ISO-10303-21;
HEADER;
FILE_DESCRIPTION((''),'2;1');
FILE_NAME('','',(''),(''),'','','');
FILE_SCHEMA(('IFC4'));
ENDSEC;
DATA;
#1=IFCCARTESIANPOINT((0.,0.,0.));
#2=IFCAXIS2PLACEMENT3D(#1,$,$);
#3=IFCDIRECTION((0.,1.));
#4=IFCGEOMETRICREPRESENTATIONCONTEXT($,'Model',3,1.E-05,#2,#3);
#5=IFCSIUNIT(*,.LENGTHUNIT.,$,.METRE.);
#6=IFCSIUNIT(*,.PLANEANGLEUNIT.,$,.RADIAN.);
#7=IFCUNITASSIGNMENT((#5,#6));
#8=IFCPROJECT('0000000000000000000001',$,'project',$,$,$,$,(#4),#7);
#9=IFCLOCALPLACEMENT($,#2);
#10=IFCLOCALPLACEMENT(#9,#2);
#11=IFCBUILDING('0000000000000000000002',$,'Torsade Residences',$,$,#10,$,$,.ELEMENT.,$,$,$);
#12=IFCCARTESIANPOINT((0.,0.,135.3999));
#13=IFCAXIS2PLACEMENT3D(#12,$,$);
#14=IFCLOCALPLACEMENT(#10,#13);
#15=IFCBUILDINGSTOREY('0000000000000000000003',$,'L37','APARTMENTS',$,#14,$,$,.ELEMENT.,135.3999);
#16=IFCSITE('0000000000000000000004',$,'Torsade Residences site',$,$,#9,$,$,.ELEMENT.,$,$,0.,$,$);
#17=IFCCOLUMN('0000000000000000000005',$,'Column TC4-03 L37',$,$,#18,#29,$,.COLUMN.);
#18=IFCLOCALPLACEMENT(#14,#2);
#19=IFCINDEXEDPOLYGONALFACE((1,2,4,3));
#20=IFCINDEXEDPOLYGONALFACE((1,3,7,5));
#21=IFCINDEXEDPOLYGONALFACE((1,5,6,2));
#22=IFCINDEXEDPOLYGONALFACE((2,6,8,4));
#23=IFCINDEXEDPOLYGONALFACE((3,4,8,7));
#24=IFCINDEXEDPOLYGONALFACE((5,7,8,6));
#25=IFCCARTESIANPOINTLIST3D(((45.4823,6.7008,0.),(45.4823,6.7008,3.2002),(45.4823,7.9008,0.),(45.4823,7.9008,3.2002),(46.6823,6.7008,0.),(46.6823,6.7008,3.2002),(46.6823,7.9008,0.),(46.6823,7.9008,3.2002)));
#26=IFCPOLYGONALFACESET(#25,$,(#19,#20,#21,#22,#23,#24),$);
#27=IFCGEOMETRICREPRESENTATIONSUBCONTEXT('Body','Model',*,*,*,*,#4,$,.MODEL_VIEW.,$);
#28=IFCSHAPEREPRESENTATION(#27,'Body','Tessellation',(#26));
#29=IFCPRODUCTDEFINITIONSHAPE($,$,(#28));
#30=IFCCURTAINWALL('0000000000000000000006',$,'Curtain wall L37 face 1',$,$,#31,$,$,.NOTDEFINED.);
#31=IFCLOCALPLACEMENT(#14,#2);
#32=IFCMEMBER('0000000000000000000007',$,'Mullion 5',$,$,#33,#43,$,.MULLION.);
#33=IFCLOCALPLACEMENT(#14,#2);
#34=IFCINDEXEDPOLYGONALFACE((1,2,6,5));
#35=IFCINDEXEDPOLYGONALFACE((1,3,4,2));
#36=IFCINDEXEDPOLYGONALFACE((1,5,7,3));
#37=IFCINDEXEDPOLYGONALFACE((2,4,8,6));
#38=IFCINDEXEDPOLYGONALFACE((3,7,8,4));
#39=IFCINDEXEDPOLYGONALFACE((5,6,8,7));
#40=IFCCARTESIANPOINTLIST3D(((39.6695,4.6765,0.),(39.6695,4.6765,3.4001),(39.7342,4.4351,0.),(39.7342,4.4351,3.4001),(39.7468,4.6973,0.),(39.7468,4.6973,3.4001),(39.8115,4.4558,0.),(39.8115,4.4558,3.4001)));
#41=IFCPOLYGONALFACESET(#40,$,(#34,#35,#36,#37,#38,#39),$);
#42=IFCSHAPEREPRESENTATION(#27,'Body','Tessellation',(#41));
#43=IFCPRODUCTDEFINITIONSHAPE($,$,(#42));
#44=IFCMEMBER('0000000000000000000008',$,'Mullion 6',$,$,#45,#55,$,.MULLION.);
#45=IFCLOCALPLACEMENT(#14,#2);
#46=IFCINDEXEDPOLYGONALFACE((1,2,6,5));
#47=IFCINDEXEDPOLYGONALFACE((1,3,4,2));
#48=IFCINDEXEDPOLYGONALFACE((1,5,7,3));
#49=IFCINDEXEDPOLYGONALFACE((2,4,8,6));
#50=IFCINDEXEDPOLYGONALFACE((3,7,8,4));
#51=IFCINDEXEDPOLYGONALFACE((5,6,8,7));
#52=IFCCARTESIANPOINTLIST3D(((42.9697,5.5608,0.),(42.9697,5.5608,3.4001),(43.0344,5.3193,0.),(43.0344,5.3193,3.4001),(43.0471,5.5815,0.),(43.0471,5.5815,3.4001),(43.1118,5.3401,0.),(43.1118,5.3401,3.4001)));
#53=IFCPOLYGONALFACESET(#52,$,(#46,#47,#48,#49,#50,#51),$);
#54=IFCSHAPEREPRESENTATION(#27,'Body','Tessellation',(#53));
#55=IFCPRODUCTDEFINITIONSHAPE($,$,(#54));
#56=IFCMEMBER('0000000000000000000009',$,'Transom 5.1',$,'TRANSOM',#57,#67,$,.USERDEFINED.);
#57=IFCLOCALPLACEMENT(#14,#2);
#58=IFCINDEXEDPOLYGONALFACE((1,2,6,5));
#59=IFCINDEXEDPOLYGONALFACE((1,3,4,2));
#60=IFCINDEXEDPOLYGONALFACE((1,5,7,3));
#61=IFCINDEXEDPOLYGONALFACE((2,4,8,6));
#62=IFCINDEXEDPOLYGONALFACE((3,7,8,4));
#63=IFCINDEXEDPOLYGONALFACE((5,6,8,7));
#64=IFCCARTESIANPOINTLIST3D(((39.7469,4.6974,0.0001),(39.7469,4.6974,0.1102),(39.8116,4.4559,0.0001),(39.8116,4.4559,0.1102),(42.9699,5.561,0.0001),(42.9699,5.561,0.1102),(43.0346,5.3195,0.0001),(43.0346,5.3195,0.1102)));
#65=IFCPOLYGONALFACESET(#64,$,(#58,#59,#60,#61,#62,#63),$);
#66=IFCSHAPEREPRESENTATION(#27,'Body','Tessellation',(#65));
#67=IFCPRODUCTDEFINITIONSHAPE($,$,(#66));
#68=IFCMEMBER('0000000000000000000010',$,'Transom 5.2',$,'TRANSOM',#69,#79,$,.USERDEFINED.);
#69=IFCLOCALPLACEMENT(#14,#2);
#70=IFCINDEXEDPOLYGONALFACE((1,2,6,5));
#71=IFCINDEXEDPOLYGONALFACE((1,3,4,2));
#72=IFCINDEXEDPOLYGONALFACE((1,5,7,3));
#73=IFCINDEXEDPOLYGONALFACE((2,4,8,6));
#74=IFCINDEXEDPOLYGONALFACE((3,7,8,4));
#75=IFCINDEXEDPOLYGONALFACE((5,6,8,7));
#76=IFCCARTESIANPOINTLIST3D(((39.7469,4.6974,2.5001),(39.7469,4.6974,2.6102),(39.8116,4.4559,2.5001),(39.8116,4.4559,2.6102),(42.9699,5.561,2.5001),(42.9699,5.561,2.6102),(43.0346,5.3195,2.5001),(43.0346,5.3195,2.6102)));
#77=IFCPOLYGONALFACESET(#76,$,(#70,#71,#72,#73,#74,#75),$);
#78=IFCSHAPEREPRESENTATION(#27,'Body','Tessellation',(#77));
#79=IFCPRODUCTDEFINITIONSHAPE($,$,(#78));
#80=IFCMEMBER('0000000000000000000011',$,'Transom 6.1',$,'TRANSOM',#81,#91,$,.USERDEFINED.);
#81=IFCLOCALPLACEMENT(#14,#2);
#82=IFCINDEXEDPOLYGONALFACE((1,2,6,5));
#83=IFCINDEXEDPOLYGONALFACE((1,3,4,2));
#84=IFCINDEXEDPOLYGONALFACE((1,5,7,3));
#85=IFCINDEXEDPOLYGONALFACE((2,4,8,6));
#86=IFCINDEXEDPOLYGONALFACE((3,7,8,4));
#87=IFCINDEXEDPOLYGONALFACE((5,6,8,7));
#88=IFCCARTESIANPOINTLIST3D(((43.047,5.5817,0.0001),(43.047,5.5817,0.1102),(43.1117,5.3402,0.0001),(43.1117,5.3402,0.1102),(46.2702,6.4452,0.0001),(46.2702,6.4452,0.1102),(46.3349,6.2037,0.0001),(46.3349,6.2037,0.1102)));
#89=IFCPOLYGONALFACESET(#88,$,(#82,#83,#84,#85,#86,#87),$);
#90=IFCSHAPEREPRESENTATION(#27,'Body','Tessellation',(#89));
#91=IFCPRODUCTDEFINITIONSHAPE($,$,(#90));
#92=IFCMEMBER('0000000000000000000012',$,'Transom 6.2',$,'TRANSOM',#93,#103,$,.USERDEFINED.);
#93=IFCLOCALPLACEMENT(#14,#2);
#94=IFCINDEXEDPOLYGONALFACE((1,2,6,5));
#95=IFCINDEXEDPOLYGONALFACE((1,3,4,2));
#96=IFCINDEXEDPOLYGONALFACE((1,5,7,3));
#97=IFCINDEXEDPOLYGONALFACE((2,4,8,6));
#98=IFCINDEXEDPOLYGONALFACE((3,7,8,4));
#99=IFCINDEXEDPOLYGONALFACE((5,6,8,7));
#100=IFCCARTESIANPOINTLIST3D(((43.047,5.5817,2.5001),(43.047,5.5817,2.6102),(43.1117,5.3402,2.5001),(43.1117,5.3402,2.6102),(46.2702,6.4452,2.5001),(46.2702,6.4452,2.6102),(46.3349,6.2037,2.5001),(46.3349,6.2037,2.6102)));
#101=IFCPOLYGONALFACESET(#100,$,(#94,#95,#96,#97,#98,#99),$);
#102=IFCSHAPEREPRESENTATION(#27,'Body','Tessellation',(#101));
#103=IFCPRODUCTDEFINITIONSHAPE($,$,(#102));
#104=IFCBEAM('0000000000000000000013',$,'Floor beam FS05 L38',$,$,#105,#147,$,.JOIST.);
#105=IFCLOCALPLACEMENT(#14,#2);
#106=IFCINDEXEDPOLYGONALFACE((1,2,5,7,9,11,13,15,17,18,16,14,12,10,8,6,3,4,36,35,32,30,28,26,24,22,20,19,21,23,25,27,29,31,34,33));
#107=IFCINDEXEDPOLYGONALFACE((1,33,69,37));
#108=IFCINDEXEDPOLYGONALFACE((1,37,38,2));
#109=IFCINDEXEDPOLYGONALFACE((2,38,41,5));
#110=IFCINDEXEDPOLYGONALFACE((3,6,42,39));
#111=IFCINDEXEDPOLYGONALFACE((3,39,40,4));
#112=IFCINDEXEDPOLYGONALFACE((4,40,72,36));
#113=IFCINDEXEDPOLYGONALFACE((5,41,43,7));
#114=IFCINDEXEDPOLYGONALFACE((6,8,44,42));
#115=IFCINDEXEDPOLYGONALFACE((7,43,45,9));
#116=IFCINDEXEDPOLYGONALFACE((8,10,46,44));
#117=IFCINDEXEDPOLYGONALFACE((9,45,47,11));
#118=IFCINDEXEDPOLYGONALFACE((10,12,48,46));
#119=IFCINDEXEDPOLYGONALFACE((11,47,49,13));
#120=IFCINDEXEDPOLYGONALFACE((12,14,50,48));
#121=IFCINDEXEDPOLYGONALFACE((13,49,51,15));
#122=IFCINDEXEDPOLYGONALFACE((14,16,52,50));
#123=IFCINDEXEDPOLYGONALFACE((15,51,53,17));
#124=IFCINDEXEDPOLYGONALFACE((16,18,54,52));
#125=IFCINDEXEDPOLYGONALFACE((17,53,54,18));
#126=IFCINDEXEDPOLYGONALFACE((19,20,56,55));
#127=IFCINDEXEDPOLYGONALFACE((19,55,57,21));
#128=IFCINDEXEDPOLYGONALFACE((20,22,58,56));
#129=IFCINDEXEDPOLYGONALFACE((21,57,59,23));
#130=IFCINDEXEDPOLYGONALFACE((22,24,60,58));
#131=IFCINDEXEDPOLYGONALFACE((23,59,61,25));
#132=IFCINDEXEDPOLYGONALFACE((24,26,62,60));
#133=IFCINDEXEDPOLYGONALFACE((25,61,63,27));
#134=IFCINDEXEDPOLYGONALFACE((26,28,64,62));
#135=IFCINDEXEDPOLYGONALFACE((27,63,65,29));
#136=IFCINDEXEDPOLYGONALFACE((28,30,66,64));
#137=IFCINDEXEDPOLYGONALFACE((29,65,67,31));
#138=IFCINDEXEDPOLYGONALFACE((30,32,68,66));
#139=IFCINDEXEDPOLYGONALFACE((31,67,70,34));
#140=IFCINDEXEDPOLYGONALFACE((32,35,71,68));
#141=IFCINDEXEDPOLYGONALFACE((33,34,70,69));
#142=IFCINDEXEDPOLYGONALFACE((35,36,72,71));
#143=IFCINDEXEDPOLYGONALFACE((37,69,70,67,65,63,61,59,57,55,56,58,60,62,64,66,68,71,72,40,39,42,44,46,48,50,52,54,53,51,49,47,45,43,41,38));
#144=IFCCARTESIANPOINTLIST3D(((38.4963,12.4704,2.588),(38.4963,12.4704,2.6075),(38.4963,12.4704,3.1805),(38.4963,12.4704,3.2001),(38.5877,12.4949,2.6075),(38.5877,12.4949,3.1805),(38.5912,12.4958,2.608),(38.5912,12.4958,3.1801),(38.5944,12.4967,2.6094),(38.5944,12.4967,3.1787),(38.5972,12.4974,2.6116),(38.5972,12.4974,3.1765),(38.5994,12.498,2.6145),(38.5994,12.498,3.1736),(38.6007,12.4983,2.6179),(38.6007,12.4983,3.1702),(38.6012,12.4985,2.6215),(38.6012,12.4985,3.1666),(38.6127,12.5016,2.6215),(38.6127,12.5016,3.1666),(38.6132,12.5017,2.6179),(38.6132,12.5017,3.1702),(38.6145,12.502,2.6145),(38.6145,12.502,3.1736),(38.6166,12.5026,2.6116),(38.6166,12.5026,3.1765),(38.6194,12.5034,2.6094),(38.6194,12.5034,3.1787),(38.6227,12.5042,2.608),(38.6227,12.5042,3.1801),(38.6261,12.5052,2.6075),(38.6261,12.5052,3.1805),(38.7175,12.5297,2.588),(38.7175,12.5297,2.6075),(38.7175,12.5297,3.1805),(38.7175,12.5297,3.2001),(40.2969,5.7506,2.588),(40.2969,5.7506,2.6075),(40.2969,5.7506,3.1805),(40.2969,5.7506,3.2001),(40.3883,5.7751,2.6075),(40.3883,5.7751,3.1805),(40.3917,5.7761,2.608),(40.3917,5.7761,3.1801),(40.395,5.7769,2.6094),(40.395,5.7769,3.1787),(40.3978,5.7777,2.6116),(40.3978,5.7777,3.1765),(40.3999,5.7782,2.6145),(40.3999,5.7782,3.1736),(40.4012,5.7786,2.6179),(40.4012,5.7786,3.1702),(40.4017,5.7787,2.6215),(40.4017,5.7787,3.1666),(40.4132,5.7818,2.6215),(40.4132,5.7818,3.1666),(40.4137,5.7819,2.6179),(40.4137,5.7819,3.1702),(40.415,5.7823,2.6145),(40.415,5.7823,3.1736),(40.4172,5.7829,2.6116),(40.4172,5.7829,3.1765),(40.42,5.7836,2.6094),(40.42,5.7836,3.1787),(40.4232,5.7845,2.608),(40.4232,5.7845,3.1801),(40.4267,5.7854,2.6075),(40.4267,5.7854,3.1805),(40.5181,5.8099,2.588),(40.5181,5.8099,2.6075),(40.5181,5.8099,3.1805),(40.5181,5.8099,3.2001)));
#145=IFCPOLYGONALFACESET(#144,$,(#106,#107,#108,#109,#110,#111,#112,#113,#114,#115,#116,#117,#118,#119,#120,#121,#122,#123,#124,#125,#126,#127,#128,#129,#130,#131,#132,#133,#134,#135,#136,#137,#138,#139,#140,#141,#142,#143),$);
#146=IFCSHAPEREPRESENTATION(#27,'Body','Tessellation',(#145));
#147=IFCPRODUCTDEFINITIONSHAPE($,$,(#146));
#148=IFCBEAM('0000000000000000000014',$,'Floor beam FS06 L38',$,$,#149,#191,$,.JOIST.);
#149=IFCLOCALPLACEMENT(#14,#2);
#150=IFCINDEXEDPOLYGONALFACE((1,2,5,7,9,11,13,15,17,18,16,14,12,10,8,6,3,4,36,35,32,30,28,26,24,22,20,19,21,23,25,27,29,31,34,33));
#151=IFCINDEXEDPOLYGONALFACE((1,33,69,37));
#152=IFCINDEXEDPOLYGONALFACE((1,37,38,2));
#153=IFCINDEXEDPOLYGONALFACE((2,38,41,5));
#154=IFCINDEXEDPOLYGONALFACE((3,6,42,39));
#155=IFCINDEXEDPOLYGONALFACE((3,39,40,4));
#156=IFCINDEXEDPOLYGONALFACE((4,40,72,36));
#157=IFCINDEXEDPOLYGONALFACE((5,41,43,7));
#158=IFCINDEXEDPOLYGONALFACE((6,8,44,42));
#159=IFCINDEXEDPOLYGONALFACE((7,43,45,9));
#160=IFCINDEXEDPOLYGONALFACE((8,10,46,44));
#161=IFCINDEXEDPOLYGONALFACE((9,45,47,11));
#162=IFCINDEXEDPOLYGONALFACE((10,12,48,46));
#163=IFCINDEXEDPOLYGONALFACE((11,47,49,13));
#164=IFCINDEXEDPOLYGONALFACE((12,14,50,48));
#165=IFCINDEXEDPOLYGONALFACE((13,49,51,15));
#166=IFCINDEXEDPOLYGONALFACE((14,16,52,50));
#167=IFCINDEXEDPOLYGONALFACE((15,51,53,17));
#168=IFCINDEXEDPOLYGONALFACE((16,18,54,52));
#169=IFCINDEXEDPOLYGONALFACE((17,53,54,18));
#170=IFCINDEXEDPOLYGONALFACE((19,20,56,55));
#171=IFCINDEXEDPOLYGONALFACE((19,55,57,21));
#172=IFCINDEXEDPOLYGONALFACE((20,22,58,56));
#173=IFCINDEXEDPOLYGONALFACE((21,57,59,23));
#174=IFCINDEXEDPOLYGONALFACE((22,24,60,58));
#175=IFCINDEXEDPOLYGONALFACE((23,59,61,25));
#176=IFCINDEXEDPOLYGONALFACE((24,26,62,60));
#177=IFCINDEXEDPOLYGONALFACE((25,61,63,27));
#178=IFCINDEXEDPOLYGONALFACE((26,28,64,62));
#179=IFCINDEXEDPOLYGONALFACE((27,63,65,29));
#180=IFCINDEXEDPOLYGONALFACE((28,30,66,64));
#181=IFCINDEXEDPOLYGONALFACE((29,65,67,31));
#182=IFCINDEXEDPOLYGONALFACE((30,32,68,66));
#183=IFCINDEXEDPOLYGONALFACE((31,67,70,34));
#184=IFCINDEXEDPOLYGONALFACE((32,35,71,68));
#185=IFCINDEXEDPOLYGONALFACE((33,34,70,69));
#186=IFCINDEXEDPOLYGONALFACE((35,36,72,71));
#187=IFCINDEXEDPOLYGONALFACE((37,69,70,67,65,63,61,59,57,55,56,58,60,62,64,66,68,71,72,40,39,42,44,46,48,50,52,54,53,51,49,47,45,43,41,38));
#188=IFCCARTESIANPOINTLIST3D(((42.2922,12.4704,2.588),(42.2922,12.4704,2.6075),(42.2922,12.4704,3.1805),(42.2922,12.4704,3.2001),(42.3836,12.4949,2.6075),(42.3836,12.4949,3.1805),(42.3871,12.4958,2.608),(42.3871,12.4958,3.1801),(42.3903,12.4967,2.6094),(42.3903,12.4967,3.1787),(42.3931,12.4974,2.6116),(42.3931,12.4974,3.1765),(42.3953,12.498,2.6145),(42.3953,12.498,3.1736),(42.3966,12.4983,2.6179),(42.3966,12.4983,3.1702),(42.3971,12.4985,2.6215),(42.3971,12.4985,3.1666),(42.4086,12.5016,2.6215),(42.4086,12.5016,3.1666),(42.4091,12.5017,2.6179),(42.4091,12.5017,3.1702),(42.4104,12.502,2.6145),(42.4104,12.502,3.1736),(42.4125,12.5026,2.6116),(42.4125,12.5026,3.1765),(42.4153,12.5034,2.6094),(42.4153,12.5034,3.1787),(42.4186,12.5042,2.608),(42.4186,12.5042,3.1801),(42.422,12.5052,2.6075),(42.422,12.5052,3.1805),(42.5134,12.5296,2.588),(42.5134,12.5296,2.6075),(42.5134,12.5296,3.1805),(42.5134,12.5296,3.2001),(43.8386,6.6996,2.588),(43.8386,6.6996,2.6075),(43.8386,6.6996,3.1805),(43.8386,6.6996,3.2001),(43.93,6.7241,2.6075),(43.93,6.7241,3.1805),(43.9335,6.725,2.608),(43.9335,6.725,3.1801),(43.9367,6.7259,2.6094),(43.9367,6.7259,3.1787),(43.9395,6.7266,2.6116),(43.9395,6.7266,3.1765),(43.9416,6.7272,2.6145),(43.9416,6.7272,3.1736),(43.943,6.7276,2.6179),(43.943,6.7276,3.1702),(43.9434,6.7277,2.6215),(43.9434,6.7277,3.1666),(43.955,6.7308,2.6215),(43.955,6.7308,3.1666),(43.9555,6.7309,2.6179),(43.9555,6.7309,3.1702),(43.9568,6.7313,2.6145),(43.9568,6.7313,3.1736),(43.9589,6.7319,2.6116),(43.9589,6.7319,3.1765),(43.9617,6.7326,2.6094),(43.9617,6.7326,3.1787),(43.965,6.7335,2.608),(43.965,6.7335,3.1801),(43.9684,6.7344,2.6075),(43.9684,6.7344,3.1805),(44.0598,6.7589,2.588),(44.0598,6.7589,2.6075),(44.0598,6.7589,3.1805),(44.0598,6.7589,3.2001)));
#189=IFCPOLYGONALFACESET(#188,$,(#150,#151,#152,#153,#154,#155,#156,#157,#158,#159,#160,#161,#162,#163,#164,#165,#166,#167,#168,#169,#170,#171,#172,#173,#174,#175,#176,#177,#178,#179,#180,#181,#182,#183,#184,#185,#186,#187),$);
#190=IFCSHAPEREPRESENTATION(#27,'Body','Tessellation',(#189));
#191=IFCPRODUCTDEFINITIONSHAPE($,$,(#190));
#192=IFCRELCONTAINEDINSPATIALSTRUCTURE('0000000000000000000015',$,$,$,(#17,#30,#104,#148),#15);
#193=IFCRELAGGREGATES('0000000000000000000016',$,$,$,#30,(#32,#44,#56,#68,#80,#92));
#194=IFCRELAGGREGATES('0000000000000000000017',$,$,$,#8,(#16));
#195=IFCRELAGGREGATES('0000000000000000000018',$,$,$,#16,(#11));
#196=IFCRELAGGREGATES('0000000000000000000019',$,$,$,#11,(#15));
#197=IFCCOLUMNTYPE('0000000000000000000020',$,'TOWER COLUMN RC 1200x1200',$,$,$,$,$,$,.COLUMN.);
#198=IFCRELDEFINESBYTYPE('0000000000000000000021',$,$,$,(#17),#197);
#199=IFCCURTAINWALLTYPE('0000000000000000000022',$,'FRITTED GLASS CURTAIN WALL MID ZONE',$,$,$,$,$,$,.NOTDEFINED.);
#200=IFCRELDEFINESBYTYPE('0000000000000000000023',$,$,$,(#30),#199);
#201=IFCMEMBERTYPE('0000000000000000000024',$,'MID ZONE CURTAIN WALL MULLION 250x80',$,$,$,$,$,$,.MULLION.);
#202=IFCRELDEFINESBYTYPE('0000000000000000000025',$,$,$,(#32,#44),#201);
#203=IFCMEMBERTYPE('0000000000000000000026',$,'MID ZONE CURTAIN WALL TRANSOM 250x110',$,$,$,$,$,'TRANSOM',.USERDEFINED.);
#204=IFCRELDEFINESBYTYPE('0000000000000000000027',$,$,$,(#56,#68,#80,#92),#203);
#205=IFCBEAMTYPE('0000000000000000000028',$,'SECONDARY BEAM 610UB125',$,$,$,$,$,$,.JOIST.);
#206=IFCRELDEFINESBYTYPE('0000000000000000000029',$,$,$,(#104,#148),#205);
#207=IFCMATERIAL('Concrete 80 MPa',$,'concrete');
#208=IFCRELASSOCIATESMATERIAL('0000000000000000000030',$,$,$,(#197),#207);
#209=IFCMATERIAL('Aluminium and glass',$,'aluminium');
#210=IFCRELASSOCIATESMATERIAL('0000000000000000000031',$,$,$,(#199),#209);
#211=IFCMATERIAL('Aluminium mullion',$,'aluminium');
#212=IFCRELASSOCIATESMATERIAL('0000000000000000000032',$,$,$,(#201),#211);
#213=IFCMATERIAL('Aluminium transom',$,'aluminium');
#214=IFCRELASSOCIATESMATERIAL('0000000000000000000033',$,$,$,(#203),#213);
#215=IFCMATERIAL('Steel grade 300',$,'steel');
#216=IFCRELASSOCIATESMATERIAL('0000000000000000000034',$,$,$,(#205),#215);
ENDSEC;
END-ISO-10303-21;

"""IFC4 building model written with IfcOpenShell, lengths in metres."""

from ifc_helpers import new_model, si_unit, direction, frame, origin, origin_2d, place, context, subcontext, project, spatial, rectangle, i_section, extrude, material, material_profile, profile_set, type_object, element, aggregate, save


model = new_model("IFC4")

# Units and contexts
model_context = context("Model", 3, precision=1e-05, world=origin(), true_north=direction((0.0, 1.0)))
body_context = subcontext(model_context, "Body", "Model", "MODEL_VIEW")
ifc_project = project(units=[si_unit("LENGTHUNIT", "METRE"), si_unit("PLANEANGLEUNIT", "RADIAN")], contexts=[model_context])

# Site, building, storey
site_placement = place(None, origin())
site = spatial("IfcSite", under=ifc_project, at=site_placement, Name="Torsade Residences site", CompositionType="ELEMENT", RefElevation=0.0)
building_placement = place(site_placement, origin())
building = spatial("IfcBuilding", under=site, at=building_placement, Name="Torsade Residences", CompositionType="ELEMENT")
storey_placement = place(building_placement, frame((0.0, 0.0, 135.3999)))
storey = spatial("IfcBuildingStorey", under=building, at=storey_placement, Name="L37", Description="APARTMENTS", CompositionType="ELEMENT", Elevation=135.3999)

# Column
ifc_material_1 = material(Name="Concrete 80 MPa", Category="concrete")
ifc_material_profile_1 = material_profile(ifc_material_1, rectangle(XDim=1.2, YDim=1.2, at=origin_2d()), Name="RC 1200x1200")
ifc_profile_set_1 = profile_set([ifc_material_profile_1], Name="Concrete 80 MPa")
column_type = type_object("IfcColumnType", Name="TOWER COLUMN RC 1200x1200", PredefinedType="COLUMN", material=ifc_profile_set_1)
column_placement = place(storey_placement, frame((46.0823, 7.3008, 0.0), z_axis=(0.0, 0.0, 1.0), x_axis=(1.0, 0.0, 0.0)))
element("IfcColumn", 1, at=column_placement, inside=storey, type_object=column_type, Name="Column TC4-03 L37", PredefinedType="COLUMN", context=body_context, shape_type="SweptSolid", body=[
    extrude(rectangle(XDim=1.2, YDim=1.2, at=origin_2d()), origin(), (0.0, 0.0, 1.0), 3.2002),
])

# Curtain wall, members
ifc_material_2 = material(Name="Aluminium and glass", Category="aluminium")
curtain_wall_type = type_object("IfcCurtainWallType", Name="FRITTED GLASS CURTAIN WALL MID ZONE", PredefinedType="NOTDEFINED", material=ifc_material_2)
curtain_wall_placement = place(storey_placement, origin())
curtain_wall = element("IfcCurtainWall", 2, at=curtain_wall_placement, inside=storey, type_object=curtain_wall_type, Name="Curtain wall L37 face 1", PredefinedType="NOTDEFINED")
ifc_material_3 = material(Name="Aluminium mullion", Category="aluminium")
ifc_material_profile_2 = material_profile(ifc_material_3, rectangle(XDim=0.25, YDim=0.0801, at=origin_2d()), Name="MID ZONE CURTAIN WALL MULLION 250x80")
ifc_profile_set_2 = profile_set([ifc_material_profile_2], Name="Aluminium mullion")
member_type_1 = type_object("IfcMemberType", Name="MID ZONE CURTAIN WALL MULLION 250x80", PredefinedType="MULLION", material=ifc_profile_set_2)
member_1_placement = place(storey_placement, frame((39.7405, 4.5662, 0.0), z_axis=(0.0, 0.0, 1.0), x_axis=(-0.258819, 0.965926, 0.0)))
member_1 = element("IfcMember", 3, at=member_1_placement, type_object=member_type_1, Name="Mullion 5", PredefinedType="MULLION", context=body_context, shape_type="SweptSolid", body=[
    extrude(rectangle(XDim=0.25, YDim=0.0801, at=origin_2d()), origin(), (0.0, 0.0, 1.0), 3.4001),
])
member_2_placement = place(storey_placement, frame((43.0408, 5.4504, 0.0), z_axis=(0.0, 0.0, 1.0), x_axis=(-0.258819, 0.965926, 0.0)))
member_2 = element("IfcMember", 4, at=member_2_placement, type_object=member_type_1, Name="Mullion 6", PredefinedType="MULLION", context=body_context, shape_type="SweptSolid", body=[
    extrude(rectangle(XDim=0.25, YDim=0.0801, at=origin_2d()), origin(), (0.0, 0.0, 1.0), 3.4001),
])
ifc_material_4 = material(Name="Aluminium transom", Category="aluminium")
ifc_material_profile_3 = material_profile(ifc_material_4, rectangle(XDim=0.25, YDim=0.1101, at=origin_2d()), Name="MID ZONE CURTAIN WALL TRANSOM 250x110")
ifc_profile_set_3 = profile_set([ifc_material_profile_3], Name="Aluminium transom")
member_type_2 = type_object("IfcMemberType", Name="MID ZONE CURTAIN WALL TRANSOM 250x110", ElementType="TRANSOM", PredefinedType="USERDEFINED", material=ifc_profile_set_3)
member_3_placement = place(storey_placement, frame((39.7793, 4.5767, 0.0552), z_axis=(0.965929, 0.258806, 0.0), x_axis=(-0.258806, 0.965929, 0.0)))
member_3 = element("IfcMember", 5, at=member_3_placement, type_object=member_type_2, Name="Transom 5.1", ObjectType="TRANSOM", PredefinedType="USERDEFINED", context=body_context, shape_type="SweptSolid", body=[
    extrude(rectangle(XDim=0.25, YDim=0.1101, at=origin_2d()), origin(), (0.0, 0.0, 1.0), 3.3367),
])
member_4_placement = place(storey_placement, frame((39.7793, 4.5767, 2.5552), z_axis=(0.965929, 0.258806, 0.0), x_axis=(-0.258806, 0.965929, 0.0)))
member_4 = element("IfcMember", 6, at=member_4_placement, type_object=member_type_2, Name="Transom 5.2", ObjectType="TRANSOM", PredefinedType="USERDEFINED", context=body_context, shape_type="SweptSolid", body=[
    extrude(rectangle(XDim=0.25, YDim=0.1101, at=origin_2d()), origin(), (0.0, 0.0, 1.0), 3.3367),
])
member_5_placement = place(storey_placement, frame((43.0793, 5.4609, 0.0552), z_axis=(0.965934, 0.258787, 0.0), x_axis=(-0.258787, 0.965934, 0.0)))
member_5 = element("IfcMember", 7, at=member_5_placement, type_object=member_type_2, Name="Transom 6.1", ObjectType="TRANSOM", PredefinedType="USERDEFINED", context=body_context, shape_type="SweptSolid", body=[
    extrude(rectangle(XDim=0.25, YDim=0.1101, at=origin_2d()), origin(), (0.0, 0.0, 1.0), 3.3369),
])
member_6_placement = place(storey_placement, frame((43.0793, 5.4609, 2.5552), z_axis=(0.965934, 0.258787, 0.0), x_axis=(-0.258787, 0.965934, 0.0)))
member_6 = element("IfcMember", 8, at=member_6_placement, type_object=member_type_2, Name="Transom 6.2", ObjectType="TRANSOM", PredefinedType="USERDEFINED", context=body_context, shape_type="SweptSolid", body=[
    extrude(rectangle(XDim=0.25, YDim=0.1101, at=origin_2d()), origin(), (0.0, 0.0, 1.0), 3.3369),
])

# Beams
ifc_material_5 = material(Name="Steel grade 300", Category="steel")
ifc_material_profile_4 = material_profile(ifc_material_5, i_section(OverallWidth=0.229, OverallDepth=0.6121, WebThickness=0.012, FlangeThickness=0.0195, FilletRadius=0.0139, at=origin_2d()), Name="610UB125")
ifc_profile_set_4 = profile_set([ifc_material_profile_4], Name="Steel grade 300")
beam_type_1 = type_object("IfcBeamType", Name="SECONDARY BEAM 610UB125", PredefinedType="JOIST", material=ifc_profile_set_4)
beam_1_placement = place(storey_placement, frame((40.4075, 5.7803, 2.894), z_axis=(-0.258818, 0.965926, 0.0), x_axis=(-0.965926, -0.258818, 0.0)))
element("IfcBeam", 9, at=beam_1_placement, inside=storey, type_object=beam_type_1, Name="Floor beam FS05 L38", PredefinedType="JOIST", context=body_context, shape_type="SweptSolid", body=[
    extrude(i_section(OverallWidth=0.229, OverallDepth=0.6121, WebThickness=0.012, FlangeThickness=0.0195, FilletRadius=0.0139, at=origin_2d()), origin(), (0.0, 0.0, 1.0), 6.9568),
])
beam_2_placement = place(storey_placement, frame((43.9492, 6.7292, 2.894), z_axis=(-0.258838, 0.965921, 0.0), x_axis=(-0.965921, -0.258838, 0.0)))
element("IfcBeam", 10, at=beam_2_placement, inside=storey, type_object=beam_type_1, Name="Floor beam FS06 L38", PredefinedType="JOIST", context=body_context, shape_type="SweptSolid", body=[
    extrude(i_section(OverallWidth=0.229, OverallDepth=0.6121, WebThickness=0.012, FlangeThickness=0.0195, FilletRadius=0.0139, at=origin_2d()), origin(), (0.0, 0.0, 1.0), 5.9744),
])

aggregate(curtain_wall, [member_1, member_2, member_3, member_4, member_5, member_6])

save(model, "model.ifc")
